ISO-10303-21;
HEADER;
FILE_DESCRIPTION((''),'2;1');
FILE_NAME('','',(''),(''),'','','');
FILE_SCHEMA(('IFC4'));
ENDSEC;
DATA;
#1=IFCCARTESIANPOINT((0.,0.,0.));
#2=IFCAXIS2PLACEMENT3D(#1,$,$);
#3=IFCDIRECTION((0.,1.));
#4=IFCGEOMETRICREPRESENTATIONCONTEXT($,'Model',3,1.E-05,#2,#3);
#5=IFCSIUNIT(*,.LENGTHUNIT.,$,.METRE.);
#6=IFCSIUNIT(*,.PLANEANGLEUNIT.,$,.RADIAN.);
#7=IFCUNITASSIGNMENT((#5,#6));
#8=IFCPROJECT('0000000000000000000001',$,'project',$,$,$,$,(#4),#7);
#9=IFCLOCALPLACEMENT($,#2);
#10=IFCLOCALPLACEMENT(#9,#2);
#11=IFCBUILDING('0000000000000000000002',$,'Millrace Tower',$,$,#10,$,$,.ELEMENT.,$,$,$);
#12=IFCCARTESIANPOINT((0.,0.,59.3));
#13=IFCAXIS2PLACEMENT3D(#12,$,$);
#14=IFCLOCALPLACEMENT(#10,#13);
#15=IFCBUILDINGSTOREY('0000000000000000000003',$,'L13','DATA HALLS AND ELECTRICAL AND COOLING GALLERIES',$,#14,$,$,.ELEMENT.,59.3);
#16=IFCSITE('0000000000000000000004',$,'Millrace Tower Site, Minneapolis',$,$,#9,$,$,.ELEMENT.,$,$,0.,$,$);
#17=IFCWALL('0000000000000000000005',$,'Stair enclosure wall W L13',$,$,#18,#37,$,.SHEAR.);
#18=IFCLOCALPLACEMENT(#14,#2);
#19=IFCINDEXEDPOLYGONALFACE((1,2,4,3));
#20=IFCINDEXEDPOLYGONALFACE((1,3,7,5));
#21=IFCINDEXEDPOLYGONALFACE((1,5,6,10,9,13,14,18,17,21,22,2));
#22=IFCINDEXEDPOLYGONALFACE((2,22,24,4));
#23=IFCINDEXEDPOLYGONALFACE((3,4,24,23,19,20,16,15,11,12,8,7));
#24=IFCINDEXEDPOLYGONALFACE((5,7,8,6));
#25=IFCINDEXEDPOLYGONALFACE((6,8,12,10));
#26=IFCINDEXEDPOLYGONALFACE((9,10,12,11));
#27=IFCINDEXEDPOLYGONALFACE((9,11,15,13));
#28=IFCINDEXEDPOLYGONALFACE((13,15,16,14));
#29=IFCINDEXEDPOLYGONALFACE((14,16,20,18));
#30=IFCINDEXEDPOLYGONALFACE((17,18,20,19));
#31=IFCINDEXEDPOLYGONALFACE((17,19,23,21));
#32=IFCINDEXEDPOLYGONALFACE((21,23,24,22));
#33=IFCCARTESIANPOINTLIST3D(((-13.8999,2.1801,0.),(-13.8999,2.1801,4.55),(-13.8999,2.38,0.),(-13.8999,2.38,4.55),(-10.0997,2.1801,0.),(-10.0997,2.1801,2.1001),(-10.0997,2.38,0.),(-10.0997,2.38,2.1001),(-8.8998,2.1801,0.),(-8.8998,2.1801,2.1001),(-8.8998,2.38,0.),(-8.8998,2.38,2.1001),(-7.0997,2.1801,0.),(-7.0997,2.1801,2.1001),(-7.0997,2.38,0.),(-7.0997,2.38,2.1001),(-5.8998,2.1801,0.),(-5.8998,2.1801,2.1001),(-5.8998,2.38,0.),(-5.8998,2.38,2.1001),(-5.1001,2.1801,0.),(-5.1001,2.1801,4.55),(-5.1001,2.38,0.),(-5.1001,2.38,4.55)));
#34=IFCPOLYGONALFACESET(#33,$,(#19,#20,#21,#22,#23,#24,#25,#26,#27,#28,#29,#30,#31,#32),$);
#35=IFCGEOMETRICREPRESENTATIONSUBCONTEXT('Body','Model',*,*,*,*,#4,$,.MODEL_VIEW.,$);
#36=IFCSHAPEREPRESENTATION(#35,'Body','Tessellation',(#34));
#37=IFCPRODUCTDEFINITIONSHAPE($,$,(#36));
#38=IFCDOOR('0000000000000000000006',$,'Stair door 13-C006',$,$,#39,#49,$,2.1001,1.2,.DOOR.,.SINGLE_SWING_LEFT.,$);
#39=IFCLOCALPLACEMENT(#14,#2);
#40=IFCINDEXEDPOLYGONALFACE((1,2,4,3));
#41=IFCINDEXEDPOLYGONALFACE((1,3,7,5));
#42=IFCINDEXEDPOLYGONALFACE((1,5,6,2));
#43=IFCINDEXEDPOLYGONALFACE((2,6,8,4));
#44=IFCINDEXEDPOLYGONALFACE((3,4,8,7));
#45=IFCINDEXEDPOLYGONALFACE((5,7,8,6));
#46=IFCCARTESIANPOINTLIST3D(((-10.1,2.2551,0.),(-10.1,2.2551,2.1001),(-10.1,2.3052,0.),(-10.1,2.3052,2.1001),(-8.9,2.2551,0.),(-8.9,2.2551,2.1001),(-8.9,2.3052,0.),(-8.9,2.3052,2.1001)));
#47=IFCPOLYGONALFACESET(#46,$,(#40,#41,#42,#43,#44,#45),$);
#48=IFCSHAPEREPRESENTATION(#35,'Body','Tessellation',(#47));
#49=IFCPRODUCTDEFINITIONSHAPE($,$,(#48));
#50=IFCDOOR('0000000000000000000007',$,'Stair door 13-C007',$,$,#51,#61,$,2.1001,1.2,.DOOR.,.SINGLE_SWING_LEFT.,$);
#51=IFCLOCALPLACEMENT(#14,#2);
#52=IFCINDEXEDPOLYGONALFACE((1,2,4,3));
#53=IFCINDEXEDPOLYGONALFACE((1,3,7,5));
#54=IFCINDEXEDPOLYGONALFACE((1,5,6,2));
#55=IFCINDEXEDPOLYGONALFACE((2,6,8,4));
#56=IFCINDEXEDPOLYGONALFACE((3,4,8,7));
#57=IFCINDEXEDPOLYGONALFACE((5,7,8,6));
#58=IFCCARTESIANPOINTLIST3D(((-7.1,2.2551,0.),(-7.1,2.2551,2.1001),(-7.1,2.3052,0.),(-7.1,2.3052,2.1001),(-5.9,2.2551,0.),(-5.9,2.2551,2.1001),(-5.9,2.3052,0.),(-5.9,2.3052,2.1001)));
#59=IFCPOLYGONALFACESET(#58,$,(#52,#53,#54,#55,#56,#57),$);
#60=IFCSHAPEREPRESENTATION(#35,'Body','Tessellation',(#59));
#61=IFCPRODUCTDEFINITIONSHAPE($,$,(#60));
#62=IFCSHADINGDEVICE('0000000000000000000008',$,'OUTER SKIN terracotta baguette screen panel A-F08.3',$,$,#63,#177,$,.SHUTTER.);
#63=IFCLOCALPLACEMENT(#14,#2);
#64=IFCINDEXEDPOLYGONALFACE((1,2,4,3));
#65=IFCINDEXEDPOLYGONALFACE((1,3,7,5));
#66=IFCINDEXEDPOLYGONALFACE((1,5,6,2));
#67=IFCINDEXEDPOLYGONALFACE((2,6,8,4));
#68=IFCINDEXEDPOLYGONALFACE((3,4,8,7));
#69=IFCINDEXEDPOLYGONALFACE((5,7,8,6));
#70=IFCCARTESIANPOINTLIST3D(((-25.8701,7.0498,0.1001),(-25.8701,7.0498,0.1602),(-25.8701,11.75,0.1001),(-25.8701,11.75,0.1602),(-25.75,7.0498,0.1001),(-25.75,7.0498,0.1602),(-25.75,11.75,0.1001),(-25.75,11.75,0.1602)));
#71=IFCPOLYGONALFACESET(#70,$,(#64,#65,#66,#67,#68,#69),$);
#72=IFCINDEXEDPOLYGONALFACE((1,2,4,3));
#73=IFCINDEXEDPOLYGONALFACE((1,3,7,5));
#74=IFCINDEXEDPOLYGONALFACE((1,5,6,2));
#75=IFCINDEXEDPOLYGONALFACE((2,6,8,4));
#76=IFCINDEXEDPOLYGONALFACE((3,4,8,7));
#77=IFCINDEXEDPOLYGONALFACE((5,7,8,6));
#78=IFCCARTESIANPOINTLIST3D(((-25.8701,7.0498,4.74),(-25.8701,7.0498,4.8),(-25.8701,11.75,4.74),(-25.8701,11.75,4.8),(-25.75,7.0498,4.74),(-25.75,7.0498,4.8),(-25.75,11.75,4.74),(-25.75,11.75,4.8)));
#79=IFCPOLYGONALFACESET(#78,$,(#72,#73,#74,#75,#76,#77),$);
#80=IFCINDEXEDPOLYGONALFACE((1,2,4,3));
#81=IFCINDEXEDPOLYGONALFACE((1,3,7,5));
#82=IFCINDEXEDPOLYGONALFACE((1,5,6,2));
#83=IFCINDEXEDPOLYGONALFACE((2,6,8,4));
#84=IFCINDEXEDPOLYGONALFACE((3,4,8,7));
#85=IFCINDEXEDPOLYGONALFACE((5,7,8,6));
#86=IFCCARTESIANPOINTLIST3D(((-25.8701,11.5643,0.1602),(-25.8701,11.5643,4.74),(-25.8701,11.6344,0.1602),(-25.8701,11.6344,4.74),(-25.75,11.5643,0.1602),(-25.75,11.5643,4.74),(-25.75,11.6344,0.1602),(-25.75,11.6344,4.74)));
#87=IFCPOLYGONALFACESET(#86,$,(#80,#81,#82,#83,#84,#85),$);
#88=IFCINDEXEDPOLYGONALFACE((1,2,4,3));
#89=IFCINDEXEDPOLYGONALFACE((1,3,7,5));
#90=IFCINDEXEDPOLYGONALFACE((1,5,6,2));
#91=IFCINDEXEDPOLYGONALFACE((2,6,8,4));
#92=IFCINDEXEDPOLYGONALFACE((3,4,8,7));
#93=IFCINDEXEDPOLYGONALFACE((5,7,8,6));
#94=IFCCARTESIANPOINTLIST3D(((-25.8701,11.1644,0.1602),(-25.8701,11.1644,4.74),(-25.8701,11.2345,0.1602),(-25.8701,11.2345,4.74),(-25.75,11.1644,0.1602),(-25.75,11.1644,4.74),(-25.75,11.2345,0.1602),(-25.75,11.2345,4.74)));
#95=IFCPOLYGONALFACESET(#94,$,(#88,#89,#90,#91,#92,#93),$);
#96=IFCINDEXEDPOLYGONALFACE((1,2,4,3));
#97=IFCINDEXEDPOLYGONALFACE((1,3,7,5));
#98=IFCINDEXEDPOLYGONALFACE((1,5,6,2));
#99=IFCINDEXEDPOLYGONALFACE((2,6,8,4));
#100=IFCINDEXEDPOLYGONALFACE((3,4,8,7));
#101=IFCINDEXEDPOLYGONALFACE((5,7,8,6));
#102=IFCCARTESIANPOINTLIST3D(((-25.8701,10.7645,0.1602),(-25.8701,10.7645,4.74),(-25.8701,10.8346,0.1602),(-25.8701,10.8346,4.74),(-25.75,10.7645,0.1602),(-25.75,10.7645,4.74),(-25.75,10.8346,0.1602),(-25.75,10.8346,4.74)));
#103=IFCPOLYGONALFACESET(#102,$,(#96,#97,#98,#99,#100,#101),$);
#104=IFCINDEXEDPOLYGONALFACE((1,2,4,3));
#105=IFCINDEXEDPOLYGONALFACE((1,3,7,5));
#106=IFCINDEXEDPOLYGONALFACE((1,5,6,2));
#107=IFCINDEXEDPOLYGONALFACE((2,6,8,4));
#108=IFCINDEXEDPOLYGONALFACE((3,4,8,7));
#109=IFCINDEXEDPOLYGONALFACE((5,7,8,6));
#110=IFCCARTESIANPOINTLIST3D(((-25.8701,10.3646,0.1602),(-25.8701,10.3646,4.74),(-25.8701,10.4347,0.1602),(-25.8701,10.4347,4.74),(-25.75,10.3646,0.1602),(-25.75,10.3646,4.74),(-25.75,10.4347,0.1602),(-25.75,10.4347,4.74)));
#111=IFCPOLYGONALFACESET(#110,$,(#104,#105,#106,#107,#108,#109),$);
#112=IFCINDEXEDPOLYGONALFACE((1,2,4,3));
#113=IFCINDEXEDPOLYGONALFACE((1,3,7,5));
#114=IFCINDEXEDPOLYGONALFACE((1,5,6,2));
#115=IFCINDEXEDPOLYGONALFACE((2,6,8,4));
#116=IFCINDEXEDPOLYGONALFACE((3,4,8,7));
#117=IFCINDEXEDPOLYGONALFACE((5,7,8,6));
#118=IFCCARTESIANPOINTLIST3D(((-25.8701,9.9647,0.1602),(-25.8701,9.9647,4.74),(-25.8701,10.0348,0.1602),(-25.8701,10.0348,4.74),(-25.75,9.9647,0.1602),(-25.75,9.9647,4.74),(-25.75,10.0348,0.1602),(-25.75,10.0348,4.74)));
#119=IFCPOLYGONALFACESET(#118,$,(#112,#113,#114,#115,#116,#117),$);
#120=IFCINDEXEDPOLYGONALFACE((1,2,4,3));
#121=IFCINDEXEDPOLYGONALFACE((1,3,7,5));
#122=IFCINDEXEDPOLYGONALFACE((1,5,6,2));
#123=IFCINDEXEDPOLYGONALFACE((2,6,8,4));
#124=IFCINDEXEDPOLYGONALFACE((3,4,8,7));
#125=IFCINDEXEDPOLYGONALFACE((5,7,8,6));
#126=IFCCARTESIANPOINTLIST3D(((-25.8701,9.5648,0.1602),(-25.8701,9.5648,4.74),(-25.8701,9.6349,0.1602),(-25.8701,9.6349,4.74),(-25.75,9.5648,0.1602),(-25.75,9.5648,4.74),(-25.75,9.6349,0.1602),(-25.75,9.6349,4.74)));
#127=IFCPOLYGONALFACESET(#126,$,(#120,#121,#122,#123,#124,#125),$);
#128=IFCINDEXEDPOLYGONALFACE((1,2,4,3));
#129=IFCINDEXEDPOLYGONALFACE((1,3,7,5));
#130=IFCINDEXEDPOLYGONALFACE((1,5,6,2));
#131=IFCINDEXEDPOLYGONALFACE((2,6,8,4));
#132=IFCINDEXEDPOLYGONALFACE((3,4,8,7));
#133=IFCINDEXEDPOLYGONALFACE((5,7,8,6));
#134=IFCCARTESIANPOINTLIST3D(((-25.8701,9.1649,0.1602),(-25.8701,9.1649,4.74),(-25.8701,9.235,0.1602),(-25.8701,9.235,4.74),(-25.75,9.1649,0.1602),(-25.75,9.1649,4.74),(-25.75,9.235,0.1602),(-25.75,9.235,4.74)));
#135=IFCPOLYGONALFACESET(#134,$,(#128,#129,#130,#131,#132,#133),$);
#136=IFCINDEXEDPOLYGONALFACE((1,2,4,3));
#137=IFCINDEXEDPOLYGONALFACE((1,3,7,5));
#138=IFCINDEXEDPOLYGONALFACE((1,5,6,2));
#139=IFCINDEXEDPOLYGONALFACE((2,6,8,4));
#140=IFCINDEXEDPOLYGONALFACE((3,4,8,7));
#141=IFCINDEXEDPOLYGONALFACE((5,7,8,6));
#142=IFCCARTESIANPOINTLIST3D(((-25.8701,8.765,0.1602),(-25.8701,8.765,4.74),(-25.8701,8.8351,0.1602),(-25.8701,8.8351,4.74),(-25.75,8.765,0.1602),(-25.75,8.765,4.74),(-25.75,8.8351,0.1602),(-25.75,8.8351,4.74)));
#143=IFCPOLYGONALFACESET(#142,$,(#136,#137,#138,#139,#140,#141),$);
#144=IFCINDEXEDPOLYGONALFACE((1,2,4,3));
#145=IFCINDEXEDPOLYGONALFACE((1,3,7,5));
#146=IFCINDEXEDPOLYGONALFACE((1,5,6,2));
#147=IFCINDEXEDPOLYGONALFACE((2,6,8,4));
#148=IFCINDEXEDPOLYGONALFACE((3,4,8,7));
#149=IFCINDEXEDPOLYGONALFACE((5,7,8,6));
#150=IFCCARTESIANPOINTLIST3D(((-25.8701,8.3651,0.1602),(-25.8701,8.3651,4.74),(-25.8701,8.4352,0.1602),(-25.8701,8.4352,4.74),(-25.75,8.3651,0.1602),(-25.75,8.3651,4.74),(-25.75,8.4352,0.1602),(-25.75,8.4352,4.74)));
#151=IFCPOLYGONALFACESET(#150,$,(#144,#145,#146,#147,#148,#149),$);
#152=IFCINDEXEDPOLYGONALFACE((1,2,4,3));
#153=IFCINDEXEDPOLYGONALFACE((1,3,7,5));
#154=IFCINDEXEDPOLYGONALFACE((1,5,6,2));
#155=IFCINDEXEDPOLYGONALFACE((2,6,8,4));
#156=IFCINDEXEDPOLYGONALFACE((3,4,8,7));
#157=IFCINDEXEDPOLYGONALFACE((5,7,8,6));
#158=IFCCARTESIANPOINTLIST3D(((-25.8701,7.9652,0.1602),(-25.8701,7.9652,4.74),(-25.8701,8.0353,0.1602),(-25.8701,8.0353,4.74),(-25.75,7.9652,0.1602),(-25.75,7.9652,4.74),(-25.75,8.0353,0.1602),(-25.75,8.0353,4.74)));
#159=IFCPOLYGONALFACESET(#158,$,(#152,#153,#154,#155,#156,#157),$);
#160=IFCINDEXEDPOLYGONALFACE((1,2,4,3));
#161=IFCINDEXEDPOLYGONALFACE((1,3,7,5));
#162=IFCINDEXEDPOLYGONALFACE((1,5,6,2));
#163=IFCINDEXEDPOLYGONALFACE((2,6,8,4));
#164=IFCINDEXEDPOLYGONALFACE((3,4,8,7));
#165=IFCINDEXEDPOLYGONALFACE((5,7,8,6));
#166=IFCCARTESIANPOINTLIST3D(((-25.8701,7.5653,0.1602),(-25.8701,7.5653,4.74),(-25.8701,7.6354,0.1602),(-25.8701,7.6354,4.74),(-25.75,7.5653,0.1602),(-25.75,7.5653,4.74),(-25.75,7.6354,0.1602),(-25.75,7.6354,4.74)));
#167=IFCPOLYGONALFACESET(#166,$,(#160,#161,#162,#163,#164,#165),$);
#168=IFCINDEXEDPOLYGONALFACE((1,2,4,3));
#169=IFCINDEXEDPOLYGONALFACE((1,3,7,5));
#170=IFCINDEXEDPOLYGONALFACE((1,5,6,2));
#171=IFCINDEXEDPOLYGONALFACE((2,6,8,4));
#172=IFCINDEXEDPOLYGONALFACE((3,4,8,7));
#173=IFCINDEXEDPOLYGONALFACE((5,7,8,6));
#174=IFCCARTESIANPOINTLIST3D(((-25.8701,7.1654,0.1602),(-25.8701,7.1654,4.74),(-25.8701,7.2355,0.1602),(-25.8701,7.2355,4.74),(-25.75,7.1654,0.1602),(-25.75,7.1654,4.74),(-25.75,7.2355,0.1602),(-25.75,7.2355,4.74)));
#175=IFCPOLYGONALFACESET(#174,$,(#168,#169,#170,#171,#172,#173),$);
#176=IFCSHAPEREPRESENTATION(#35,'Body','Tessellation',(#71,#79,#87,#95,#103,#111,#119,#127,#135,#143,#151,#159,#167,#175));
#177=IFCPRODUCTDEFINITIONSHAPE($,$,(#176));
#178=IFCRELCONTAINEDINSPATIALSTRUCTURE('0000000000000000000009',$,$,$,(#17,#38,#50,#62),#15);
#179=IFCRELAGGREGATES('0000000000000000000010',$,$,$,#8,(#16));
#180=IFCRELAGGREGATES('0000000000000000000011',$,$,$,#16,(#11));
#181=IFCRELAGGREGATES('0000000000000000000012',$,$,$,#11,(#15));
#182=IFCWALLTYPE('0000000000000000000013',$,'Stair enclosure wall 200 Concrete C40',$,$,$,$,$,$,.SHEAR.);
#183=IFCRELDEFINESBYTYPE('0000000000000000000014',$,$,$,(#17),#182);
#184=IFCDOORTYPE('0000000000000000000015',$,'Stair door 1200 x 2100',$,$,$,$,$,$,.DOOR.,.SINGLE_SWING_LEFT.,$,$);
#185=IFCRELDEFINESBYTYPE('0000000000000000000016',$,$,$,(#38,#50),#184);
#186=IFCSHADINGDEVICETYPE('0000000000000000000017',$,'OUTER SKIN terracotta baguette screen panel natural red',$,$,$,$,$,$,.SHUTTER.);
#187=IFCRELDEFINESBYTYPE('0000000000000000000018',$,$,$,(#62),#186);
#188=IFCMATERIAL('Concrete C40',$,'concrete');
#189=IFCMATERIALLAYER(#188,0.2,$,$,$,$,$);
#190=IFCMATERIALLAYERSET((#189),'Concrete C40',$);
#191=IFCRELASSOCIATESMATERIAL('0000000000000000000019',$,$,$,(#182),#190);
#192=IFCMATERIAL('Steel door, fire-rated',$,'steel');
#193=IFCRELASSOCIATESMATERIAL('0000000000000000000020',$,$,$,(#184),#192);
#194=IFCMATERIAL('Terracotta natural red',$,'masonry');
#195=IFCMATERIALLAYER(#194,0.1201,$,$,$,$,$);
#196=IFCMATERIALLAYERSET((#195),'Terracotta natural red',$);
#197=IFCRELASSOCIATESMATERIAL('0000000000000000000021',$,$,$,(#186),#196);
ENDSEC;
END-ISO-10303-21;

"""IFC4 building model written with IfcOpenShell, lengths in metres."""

from ifc_helpers import new_model, entity, si_unit, direction, frame, frame_2d, origin, place, context, subcontext, project, spatial, rectangle, extrude, source, transform, mapped, material, layer, layer_set, type_object, element, fill, save


model = new_model("IFC4")

# Units and contexts
model_context = context("Model", 3, precision=1e-05, world=origin(), true_north=direction((0.0, 1.0)))
body_context = subcontext(model_context, "Body", "Model", "MODEL_VIEW")
ifc_project = project(units=[si_unit("LENGTHUNIT", "METRE"), si_unit("PLANEANGLEUNIT", "RADIAN")], contexts=[model_context])

# Site, building, storey
site_placement = place(None, origin())
site = spatial("IfcSite", under=ifc_project, at=site_placement, Name="Millrace Tower Site, Minneapolis", CompositionType="ELEMENT", RefElevation=0.0)
building_placement = place(site_placement, origin())
building = spatial("IfcBuilding", under=site, at=building_placement, Name="Millrace Tower", CompositionType="ELEMENT")
storey_placement = place(building_placement, frame((0.0, 0.0, 59.3)))
storey = spatial("IfcBuildingStorey", under=building, at=storey_placement, Name="L13", Description="DATA HALLS AND ELECTRICAL AND COOLING GALLERIES", CompositionType="ELEMENT", Elevation=59.3)

# Shared definitions
ifc_material_1 = material(Name="Concrete C40", Category="concrete")
ifc_layer_1 = layer(ifc_material_1, 0.2)
ifc_layer_set_1 = layer_set([ifc_layer_1], Name="Concrete C40")
wall_type_1 = type_object("IfcWallType", Name="Stair enclosure wall 200 Concrete C40", PredefinedType="SHEAR", material=ifc_layer_set_1)

# Wall, openings, doors
wall_1_placement = place(storey_placement, frame((-13.8999, 2.28, 0.0), z_axis=(0.0, 0.0, 1.0), x_axis=(1.0, 0.0, 0.0)))
wall_1 = element("IfcWall", 1, at=wall_1_placement, inside=storey, type_object=wall_type_1, Name="Stair enclosure wall W L13", PredefinedType="SHEAR", context=body_context, shape_type="SweptSolid", body=[
    extrude(rectangle(XDim=8.7998, YDim=0.2, at=frame_2d((4.3999, 0.0))), origin(), (0.0, 0.0, 1.0), 4.55),
])
opening_1_placement = place(wall_1_placement, frame((3.8, 0.0, 0.0)))
opening_1 = element("IfcOpeningElement", 2, at=opening_1_placement, cuts=wall_1, PredefinedType="OPENING", context=body_context, shape_type="SweptSolid", body=[
    extrude(rectangle(XDim=1.2, YDim=2.1001, at=frame_2d((0.6001, 1.05))), frame((0.0, 0.1099, 0.0), z_axis=(0.0, -1.0, 0.0), x_axis=(1.0, 0.0, 0.0)), (0.0, 0.0, 1.0), 0.22),
])
opening_2_placement = place(wall_1_placement, frame((6.8, 0.0, 0.0)))
opening_2 = element("IfcOpeningElement", 3, at=opening_2_placement, cuts=wall_1, PredefinedType="OPENING", context=body_context, shape_type="SweptSolid", body=[
    extrude(rectangle(XDim=1.2, YDim=2.1001, at=frame_2d((0.6001, 1.05))), frame((0.0, 0.1099, 0.0), z_axis=(0.0, -1.0, 0.0), x_axis=(1.0, 0.0, 0.0)), (0.0, 0.0, 1.0), 0.22),
])
ifc_material_2 = material(Name="Steel door, fire-rated", Category="steel")
door_type_1 = type_object("IfcDoorType", Name="Stair door 1200 x 2100", OperationType="SINGLE_SWING_LEFT", PredefinedType="DOOR", material=ifc_material_2)
door_1_placement = place(opening_1_placement, frame((1.2, 0.0, 0.0), z_axis=(0.0, 0.0, 1.0), x_axis=(-1.0, 0.0, 0.0)))
door_1 = element("IfcDoor", 4, at=door_1_placement, inside=storey, type_object=door_type_1, Name="Stair door 13-C006", OperationType="SINGLE_SWING_LEFT", OverallHeight=2.1001, OverallWidth=1.2, PredefinedType="DOOR", context=body_context, shape_type="SweptSolid", body=[
    extrude(rectangle(XDim=1.2, YDim=2.1001, at=frame_2d((0.6001, 1.05))), frame((0.0, 0.0249, 0.0), z_axis=(0.0, -1.0, 0.0), x_axis=(1.0, 0.0, 0.0)), (0.0, 0.0, 1.0), 0.05),
])
fill(opening_1, door_1)
door_2_placement = place(opening_2_placement, frame((1.2, 0.0, 0.0), z_axis=(0.0, 0.0, 1.0), x_axis=(-1.0, 0.0, 0.0)))
door_2 = element("IfcDoor", 5, at=door_2_placement, inside=storey, type_object=door_type_1, Name="Stair door 13-C007", OperationType="SINGLE_SWING_LEFT", OverallHeight=2.1001, OverallWidth=1.2, PredefinedType="DOOR", context=body_context, shape_type="SweptSolid", body=[
    extrude(rectangle(XDim=1.2, YDim=2.1001, at=frame_2d((0.6001, 1.05))), frame((0.0, 0.0249, 0.0), z_axis=(0.0, -1.0, 0.0), x_axis=(1.0, 0.0, 0.0)), (0.0, 0.0, 1.0), 0.05),
])
fill(opening_2, door_2)

# Shading device
ifc_material_3 = material(Name="Terracotta natural red", Category="masonry")
ifc_layer_2 = layer(ifc_material_3, 0.1201)
ifc_layer_set_2 = layer_set([ifc_layer_2], Name="Terracotta natural red")
shading_device_type = type_object("IfcShadingDeviceType", Name="OUTER SKIN terracotta baguette screen panel natural red", PredefinedType="SHUTTER", material=ifc_layer_set_2)
cartesian_point = entity("IfcCartesianPoint", [-2.3501, 0.0601])
shared_polyline = entity("IfcPolyline", [cartesian_point, entity("IfcCartesianPoint", [2.3501, 0.0601]), entity("IfcCartesianPoint", [2.3501, -0.0601]), entity("IfcCartesianPoint", [-2.3501, -0.0601]), cartesian_point])
shared_shape = source(origin(), body_context, "Body", "SweptSolid", [
    entity("IfcExtrudedAreaSolid", entity("IfcArbitraryClosedProfileDef", "AREA", None, shared_polyline), entity("IfcAxis2Placement3D", entity("IfcCartesianPoint", [0.0, 0.0, 0.0])), entity("IfcDirection", [0.0, 0.0, 1.0]), 0.0601),
    entity("IfcExtrudedAreaSolid", entity("IfcArbitraryClosedProfileDef", "AREA", None, shared_polyline), entity("IfcAxis2Placement3D", entity("IfcCartesianPoint", [0.0, 0.0, 4.6399])), entity("IfcDirection", [0.0, 0.0, 1.0]), 0.0601),
    extrude(rectangle(XDim=0.0701, YDim=0.1201, at=frame_2d((-2.1995, 0.0))), frame((0.0, 0.0, 0.0601)), (0.0, 0.0, 1.0), 4.5798),
    extrude(rectangle(XDim=0.0701, YDim=0.1201, at=frame_2d((-1.7996, 0.0))), frame((0.0, 0.0, 0.0601)), (0.0, 0.0, 1.0), 4.5798),
    extrude(rectangle(XDim=0.0701, YDim=0.1201, at=frame_2d((-1.3997, 0.0))), frame((0.0, 0.0, 0.0601)), (0.0, 0.0, 1.0), 4.5798),
    extrude(rectangle(XDim=0.0701, YDim=0.1201, at=frame_2d((-0.9998, 0.0))), frame((0.0, 0.0, 0.0601)), (0.0, 0.0, 1.0), 4.5798),
    extrude(rectangle(XDim=0.0701, YDim=0.1201, at=frame_2d((-0.5999, 0.0))), frame((0.0, 0.0, 0.0601)), (0.0, 0.0, 1.0), 4.5798),
    extrude(rectangle(XDim=0.0701, YDim=0.1201, at=frame_2d((-0.2, 0.0))), frame((0.0, 0.0, 0.0601)), (0.0, 0.0, 1.0), 4.5798),
    extrude(rectangle(XDim=0.0701, YDim=0.1201, at=frame_2d((0.2, 0.0))), frame((0.0, 0.0, 0.0601)), (0.0, 0.0, 1.0), 4.5798),
    extrude(rectangle(XDim=0.0701, YDim=0.1201, at=frame_2d((0.5999, 0.0))), frame((0.0, 0.0, 0.0601)), (0.0, 0.0, 1.0), 4.5798),
    extrude(rectangle(XDim=0.0701, YDim=0.1201, at=frame_2d((0.9998, 0.0))), frame((0.0, 0.0, 0.0601)), (0.0, 0.0, 1.0), 4.5798),
    extrude(rectangle(XDim=0.0701, YDim=0.1201, at=frame_2d((1.3997, 0.0))), frame((0.0, 0.0, 0.0601)), (0.0, 0.0, 1.0), 4.5798),
    extrude(rectangle(XDim=0.0701, YDim=0.1201, at=frame_2d((1.7996, 0.0))), frame((0.0, 0.0, 0.0601)), (0.0, 0.0, 1.0), 4.5798),
    extrude(rectangle(XDim=0.0701, YDim=0.1201, at=frame_2d((2.1995, 0.0))), frame((0.0, 0.0, 0.0601)), (0.0, 0.0, 1.0), 4.5798),
])
for number, where, z_axis, x_axis, name in (
    (6, (-25.8101, 9.3999, 0.1001), (0.0, 0.0, 1.0), (0.0, -1.0, 0.0), "OUTER SKIN terracotta baguette screen panel A-F08.3"),
):
    element("IfcShadingDevice", number, at=place(storey_placement, frame(where, z_axis=z_axis, x_axis=x_axis)), inside=storey, type_object=shading_device_type, Name=name, PredefinedType="SHUTTER", context=body_context, shape_type="MappedRepresentation", body=[
        mapped(shared_shape, transform((0.0, 0.0, 0.0), scale=1.0)),
    ])

save(model, "model.ifc")
